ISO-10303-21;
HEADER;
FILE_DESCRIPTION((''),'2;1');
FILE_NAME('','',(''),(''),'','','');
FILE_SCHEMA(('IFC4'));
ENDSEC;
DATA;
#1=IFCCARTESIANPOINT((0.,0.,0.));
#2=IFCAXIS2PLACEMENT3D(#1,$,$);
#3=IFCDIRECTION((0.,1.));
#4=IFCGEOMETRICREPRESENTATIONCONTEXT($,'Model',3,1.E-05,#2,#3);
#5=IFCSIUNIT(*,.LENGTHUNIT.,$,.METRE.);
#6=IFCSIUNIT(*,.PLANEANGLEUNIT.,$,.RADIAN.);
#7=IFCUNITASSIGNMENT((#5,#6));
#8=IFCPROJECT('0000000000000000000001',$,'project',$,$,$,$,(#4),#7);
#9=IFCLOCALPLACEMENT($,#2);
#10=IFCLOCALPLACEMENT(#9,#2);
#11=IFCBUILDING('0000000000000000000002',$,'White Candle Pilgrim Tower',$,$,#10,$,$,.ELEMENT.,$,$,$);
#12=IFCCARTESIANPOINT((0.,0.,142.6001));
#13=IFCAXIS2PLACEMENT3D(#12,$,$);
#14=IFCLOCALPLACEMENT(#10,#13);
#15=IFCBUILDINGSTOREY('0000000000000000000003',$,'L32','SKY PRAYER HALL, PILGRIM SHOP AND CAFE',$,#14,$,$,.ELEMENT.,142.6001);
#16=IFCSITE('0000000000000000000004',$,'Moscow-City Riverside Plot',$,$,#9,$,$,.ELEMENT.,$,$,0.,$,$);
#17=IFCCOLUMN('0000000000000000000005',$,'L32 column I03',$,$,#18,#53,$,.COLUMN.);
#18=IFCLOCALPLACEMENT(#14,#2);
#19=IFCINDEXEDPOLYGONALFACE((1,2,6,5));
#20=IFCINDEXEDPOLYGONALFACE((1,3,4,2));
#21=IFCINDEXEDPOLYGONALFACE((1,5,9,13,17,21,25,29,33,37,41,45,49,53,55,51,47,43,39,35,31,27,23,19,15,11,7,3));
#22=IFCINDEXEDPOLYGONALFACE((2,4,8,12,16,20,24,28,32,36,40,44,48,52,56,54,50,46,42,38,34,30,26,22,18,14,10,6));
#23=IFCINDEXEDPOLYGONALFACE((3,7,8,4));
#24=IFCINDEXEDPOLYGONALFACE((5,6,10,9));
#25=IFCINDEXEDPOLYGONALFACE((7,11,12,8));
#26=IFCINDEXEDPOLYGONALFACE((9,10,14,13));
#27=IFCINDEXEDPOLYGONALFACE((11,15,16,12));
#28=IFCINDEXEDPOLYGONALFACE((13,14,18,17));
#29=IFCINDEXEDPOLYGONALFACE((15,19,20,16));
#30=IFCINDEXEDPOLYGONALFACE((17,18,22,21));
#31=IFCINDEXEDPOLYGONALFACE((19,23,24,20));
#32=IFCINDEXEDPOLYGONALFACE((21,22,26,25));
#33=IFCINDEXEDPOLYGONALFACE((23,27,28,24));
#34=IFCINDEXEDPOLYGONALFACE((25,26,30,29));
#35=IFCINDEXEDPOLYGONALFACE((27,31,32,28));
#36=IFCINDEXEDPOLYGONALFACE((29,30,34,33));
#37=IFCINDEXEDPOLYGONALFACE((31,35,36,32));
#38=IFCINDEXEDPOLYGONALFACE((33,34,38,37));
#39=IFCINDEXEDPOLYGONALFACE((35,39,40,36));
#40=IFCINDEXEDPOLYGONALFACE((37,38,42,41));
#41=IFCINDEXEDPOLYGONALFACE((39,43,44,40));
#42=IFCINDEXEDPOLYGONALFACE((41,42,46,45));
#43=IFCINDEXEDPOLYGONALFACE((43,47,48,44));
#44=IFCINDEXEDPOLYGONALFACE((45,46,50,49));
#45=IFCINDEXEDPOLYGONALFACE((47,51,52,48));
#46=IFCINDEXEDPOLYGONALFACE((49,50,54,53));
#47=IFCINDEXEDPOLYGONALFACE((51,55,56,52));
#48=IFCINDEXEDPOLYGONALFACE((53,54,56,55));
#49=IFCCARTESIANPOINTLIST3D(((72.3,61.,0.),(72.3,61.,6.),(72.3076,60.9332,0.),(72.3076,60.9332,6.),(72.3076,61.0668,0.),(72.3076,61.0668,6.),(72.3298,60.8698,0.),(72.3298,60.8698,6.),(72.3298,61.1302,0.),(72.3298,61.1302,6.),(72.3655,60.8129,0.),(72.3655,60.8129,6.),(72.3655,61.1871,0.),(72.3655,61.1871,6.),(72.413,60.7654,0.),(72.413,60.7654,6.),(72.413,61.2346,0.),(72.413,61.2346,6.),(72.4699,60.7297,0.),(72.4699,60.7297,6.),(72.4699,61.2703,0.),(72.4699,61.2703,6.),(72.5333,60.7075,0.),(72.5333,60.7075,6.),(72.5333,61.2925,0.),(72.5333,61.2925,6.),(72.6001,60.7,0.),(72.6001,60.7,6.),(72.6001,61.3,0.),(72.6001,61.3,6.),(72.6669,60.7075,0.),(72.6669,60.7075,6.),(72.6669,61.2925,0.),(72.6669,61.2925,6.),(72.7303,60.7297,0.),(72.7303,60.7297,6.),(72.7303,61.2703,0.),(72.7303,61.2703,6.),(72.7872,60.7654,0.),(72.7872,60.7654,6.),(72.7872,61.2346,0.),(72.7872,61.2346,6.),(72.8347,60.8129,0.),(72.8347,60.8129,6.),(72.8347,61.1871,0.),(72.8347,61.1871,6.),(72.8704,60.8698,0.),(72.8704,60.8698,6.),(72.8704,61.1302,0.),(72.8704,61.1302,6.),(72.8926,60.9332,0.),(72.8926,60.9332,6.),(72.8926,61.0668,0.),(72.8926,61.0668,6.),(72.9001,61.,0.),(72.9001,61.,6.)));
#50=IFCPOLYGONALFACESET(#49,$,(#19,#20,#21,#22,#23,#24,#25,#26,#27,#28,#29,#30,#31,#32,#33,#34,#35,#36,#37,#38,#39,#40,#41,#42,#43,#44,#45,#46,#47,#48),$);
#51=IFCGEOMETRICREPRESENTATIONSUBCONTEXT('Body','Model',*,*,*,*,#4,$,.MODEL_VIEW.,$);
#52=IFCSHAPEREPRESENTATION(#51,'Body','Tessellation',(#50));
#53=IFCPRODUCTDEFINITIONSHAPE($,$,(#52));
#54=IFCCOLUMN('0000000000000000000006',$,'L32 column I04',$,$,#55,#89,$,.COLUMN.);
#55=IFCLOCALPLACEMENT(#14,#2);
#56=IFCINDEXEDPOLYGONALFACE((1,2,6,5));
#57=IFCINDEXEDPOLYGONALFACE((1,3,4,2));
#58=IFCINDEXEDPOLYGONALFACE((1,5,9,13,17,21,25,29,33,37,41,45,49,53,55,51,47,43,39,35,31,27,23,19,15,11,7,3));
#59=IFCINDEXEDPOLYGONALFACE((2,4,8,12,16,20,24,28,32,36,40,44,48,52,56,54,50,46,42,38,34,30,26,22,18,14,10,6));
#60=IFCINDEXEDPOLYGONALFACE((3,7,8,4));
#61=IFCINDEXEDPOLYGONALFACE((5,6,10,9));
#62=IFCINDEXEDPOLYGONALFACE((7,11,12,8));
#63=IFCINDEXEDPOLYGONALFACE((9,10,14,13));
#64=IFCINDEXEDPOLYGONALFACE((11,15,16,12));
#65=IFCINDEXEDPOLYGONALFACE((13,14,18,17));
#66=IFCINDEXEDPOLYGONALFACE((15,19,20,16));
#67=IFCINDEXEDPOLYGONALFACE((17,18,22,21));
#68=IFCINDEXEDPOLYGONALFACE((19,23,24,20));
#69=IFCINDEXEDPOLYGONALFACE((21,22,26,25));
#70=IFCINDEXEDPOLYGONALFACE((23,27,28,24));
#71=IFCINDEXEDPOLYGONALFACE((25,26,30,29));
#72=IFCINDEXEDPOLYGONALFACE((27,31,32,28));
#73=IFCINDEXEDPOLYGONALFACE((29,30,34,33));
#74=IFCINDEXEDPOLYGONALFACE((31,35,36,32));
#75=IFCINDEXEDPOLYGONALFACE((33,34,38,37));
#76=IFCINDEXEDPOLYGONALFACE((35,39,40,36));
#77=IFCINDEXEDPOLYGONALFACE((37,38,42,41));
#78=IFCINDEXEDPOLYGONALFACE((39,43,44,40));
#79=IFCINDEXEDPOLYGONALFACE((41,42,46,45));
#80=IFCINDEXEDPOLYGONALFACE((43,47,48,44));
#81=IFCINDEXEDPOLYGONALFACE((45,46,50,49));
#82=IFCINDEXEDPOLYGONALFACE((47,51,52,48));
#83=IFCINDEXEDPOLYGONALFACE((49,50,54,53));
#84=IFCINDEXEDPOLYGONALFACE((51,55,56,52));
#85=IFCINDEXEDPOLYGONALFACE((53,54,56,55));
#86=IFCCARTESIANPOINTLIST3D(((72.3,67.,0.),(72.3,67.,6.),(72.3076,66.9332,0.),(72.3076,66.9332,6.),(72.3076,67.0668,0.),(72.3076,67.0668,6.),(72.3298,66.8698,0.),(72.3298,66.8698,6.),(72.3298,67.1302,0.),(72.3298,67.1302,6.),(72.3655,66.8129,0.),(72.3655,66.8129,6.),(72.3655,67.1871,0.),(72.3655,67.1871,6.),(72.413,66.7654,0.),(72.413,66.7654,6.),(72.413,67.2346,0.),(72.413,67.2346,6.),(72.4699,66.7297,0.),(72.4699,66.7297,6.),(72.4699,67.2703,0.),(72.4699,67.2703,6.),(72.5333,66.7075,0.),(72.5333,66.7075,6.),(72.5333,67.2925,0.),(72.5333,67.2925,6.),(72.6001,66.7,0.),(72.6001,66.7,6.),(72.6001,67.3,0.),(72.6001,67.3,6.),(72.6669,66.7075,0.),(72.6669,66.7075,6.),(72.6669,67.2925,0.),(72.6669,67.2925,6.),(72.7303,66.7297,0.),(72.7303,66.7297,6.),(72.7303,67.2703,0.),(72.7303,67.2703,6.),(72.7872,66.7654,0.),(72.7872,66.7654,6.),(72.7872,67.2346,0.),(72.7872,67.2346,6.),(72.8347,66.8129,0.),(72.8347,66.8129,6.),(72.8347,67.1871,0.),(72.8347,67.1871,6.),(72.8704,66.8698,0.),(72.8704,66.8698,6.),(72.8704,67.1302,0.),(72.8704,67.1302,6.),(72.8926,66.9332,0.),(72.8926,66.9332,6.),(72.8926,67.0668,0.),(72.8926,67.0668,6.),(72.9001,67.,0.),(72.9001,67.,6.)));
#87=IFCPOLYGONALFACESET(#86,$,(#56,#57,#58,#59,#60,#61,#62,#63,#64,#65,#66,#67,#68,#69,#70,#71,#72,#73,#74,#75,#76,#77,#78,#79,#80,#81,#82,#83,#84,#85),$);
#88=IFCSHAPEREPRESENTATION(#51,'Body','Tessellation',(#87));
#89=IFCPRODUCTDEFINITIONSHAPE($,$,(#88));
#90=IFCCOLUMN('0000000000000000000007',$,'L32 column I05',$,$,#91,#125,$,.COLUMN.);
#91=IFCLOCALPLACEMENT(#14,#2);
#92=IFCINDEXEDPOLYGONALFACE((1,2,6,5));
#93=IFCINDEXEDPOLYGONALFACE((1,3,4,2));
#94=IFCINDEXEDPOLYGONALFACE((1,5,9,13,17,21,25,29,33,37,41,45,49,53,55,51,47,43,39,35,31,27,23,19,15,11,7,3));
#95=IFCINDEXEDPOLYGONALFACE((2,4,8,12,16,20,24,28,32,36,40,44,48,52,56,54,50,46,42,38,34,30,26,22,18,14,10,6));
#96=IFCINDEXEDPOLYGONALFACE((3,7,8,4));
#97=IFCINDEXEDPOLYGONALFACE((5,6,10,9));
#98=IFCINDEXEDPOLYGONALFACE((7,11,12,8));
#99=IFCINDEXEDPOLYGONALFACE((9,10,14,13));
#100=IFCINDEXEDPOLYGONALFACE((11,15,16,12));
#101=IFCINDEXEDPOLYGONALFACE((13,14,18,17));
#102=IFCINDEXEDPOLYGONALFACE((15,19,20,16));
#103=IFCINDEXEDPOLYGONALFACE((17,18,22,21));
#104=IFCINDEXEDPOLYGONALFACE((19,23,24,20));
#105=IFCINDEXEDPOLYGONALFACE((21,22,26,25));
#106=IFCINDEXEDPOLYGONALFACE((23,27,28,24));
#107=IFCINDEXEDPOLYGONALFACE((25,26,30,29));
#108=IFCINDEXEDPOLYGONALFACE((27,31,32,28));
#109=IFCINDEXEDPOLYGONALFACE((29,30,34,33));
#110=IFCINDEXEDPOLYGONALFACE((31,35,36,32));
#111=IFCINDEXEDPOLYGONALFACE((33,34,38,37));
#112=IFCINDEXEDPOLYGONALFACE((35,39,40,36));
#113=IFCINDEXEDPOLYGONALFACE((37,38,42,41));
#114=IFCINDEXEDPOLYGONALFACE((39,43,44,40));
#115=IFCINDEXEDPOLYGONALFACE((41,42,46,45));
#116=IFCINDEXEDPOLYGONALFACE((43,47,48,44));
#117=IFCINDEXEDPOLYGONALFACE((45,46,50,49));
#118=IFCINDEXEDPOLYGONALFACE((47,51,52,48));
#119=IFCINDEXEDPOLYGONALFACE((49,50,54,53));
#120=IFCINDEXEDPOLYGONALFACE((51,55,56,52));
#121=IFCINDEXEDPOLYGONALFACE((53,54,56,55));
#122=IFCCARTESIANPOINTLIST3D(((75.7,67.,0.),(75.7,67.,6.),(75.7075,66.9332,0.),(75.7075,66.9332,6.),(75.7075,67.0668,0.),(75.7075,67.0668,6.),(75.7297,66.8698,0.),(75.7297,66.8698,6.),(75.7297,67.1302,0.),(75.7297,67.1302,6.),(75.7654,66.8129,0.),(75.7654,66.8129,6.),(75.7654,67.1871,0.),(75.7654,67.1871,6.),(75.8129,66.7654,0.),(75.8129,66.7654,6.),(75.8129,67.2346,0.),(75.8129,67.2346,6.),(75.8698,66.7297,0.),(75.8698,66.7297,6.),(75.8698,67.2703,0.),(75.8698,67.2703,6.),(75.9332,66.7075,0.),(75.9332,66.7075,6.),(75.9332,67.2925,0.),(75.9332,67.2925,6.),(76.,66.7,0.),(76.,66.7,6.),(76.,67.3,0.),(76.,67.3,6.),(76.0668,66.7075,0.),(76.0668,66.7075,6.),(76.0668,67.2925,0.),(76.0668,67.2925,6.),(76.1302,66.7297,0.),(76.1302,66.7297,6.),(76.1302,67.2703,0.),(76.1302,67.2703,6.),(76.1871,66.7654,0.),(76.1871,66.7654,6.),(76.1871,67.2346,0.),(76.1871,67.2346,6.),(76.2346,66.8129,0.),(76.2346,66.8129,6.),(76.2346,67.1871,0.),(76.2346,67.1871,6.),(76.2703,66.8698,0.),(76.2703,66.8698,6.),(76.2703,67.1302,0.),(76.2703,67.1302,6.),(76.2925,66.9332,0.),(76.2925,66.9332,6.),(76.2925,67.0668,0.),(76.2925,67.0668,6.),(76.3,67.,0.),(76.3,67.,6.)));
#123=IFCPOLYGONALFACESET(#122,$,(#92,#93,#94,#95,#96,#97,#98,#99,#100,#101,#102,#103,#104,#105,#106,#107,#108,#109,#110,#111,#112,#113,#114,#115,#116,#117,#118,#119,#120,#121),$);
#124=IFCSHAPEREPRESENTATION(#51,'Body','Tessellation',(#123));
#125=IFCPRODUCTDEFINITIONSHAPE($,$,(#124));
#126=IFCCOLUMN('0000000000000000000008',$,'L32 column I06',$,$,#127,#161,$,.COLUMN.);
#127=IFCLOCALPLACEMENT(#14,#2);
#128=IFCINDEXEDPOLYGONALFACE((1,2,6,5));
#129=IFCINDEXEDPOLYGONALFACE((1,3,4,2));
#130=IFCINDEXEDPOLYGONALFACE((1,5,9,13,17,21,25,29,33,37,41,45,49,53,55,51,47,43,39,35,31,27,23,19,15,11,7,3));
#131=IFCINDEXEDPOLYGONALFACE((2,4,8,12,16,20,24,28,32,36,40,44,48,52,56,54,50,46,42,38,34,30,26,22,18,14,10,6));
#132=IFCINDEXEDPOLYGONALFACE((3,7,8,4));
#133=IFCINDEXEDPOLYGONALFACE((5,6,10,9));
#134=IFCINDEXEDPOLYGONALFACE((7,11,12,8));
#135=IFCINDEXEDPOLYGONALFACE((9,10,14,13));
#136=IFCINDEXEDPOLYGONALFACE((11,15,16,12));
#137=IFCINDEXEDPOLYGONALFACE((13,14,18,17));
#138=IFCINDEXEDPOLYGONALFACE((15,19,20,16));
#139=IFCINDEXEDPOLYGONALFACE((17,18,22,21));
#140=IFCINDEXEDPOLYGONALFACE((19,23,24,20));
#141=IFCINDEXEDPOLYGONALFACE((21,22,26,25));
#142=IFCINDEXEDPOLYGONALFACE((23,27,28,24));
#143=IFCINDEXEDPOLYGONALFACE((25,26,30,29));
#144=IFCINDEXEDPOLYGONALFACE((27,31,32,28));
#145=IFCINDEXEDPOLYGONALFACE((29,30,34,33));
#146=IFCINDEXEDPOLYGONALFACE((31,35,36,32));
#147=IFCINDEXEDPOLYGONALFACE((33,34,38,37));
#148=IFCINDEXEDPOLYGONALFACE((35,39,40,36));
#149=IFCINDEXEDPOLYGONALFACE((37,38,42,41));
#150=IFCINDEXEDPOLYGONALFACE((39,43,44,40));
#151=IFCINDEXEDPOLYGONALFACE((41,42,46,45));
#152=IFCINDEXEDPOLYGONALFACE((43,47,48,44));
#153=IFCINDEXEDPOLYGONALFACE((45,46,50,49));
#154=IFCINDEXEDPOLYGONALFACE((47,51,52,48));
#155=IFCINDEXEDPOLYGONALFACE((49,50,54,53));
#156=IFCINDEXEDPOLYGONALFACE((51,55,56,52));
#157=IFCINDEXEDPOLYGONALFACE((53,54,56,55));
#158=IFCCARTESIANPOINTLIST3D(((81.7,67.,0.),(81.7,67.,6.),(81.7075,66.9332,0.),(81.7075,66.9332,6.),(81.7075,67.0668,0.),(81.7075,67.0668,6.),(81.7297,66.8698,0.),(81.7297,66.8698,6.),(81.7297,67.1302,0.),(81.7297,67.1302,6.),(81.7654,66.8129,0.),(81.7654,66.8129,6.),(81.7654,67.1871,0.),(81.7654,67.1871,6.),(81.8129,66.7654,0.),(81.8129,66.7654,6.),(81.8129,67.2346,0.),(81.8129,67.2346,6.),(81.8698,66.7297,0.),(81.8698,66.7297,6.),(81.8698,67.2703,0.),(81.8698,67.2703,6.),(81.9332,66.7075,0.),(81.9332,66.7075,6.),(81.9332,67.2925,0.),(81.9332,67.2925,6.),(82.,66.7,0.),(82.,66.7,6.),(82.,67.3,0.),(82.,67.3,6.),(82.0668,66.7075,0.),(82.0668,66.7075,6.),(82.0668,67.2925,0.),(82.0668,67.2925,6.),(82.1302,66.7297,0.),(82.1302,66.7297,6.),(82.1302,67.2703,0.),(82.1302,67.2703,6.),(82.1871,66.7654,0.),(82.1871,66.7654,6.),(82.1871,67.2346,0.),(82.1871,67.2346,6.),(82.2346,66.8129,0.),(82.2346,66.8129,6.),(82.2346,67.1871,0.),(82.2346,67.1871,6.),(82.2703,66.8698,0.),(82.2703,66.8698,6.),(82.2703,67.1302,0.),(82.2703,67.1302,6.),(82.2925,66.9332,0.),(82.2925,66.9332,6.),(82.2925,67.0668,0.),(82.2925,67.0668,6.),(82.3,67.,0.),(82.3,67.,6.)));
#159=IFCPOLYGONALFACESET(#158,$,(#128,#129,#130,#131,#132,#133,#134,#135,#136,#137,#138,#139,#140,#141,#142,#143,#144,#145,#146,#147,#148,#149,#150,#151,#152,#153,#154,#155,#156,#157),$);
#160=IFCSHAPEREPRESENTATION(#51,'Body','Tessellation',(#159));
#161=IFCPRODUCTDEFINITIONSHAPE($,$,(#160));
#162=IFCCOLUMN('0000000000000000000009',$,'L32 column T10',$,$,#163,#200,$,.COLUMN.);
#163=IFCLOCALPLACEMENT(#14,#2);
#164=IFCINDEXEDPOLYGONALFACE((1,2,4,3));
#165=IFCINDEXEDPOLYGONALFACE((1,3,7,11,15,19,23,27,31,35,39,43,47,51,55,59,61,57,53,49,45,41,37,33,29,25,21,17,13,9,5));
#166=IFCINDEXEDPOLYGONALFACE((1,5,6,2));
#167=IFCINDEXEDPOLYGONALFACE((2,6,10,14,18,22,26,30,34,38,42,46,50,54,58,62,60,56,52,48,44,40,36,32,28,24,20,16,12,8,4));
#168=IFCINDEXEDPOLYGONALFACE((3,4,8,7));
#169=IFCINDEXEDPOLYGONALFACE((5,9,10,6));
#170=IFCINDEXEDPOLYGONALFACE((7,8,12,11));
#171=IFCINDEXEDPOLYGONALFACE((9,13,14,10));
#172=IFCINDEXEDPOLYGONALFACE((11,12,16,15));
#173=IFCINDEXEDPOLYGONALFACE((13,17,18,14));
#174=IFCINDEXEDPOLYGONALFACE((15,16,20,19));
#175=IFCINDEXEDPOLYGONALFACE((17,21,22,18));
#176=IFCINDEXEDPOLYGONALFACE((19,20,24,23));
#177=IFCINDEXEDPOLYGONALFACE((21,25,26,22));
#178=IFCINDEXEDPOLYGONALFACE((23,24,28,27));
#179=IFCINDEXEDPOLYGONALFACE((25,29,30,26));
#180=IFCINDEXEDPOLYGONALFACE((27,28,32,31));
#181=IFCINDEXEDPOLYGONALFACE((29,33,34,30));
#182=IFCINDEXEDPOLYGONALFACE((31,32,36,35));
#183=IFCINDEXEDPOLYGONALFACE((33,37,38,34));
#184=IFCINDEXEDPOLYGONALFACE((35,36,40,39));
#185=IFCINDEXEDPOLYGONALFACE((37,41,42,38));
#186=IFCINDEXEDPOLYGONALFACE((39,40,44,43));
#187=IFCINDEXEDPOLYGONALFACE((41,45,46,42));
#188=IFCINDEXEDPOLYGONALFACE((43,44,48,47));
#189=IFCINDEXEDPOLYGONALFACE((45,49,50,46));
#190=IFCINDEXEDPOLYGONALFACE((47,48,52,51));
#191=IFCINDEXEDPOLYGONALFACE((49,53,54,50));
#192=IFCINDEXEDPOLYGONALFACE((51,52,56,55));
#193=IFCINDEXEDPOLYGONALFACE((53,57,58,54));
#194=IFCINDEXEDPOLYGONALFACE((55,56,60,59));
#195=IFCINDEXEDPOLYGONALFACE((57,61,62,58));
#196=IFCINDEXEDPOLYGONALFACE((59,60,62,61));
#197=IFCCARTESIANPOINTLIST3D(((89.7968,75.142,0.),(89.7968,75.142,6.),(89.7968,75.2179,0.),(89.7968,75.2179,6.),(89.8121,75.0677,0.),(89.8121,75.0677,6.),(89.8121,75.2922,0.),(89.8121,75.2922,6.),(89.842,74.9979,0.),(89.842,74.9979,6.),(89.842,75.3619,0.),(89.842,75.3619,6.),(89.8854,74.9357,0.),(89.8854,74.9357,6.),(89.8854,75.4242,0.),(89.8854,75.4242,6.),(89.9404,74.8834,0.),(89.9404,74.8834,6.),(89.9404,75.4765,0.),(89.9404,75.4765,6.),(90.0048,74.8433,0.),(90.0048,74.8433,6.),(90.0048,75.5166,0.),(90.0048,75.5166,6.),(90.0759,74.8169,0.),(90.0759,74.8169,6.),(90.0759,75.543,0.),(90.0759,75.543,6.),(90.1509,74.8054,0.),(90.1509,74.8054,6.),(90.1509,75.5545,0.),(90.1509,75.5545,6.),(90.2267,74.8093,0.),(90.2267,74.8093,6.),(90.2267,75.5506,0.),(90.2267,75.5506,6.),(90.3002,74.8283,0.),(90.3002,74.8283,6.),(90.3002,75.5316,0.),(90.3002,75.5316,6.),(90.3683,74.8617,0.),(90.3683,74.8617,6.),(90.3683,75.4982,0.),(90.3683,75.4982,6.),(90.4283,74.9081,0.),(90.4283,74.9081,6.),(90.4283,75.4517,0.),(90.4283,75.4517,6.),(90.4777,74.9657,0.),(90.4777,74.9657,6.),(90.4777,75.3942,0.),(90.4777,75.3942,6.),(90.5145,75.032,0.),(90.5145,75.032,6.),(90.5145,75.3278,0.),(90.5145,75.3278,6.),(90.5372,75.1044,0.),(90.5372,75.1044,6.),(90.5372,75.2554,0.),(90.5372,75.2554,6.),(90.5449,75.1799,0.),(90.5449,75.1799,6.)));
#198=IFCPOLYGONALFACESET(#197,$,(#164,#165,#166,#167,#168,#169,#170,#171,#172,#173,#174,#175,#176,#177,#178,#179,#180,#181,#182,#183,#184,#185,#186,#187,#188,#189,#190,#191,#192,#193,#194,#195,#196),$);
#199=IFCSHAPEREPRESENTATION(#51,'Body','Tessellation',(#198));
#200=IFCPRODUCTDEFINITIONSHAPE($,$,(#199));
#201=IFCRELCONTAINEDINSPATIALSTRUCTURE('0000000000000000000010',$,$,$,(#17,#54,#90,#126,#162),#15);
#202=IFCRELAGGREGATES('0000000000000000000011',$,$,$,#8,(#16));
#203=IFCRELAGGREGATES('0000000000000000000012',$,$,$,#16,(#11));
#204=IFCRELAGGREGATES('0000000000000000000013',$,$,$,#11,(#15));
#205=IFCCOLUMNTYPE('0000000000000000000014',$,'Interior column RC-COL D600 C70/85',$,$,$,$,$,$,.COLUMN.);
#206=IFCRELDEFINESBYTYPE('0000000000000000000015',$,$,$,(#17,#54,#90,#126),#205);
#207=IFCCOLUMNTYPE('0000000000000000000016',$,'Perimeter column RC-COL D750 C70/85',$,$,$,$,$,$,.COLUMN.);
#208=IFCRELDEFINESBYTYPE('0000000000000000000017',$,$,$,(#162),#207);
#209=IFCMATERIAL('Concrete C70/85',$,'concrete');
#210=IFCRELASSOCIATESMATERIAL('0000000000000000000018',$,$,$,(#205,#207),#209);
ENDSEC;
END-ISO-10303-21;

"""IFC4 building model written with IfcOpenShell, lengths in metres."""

from ifc_helpers import new_model, si_unit, direction, frame, origin, origin_2d, place, context, subcontext, project, spatial, circle, extrude, material, material_profile, profile_set, type_object, element, save


model = new_model("IFC4")

# Units and contexts
model_context = context("Model", 3, precision=1e-05, world=origin(), true_north=direction((0.0, 1.0)))
body_context = subcontext(model_context, "Body", "Model", "MODEL_VIEW")
ifc_project = project(units=[si_unit("LENGTHUNIT", "METRE"), si_unit("PLANEANGLEUNIT", "RADIAN")], contexts=[model_context])

# Site, building, storey
site_placement = place(None, origin())
site = spatial("IfcSite", under=ifc_project, at=site_placement, Name="Moscow-City Riverside Plot", CompositionType="ELEMENT", RefElevation=0.0)
building_placement = place(site_placement, origin())
building = spatial("IfcBuilding", under=site, at=building_placement, Name="White Candle Pilgrim Tower", CompositionType="ELEMENT")
storey_placement = place(building_placement, frame((0.0, 0.0, 142.6001)))
storey = spatial("IfcBuildingStorey", under=building, at=storey_placement, Name="L32", Description="SKY PRAYER HALL, PILGRIM SHOP AND CAFE", CompositionType="ELEMENT", Elevation=142.6001)

# Columns
ifc_material_1 = material(Name="Concrete C70/85", Category="concrete")
ifc_material_profile_1 = material_profile(ifc_material_1, circle(Radius=0.3, at=origin_2d()), Name="RC-COL D600")
ifc_profile_set_1 = profile_set([ifc_material_profile_1], Name="Concrete C70/85")
column_type_1 = type_object("IfcColumnType", Name="Interior column RC-COL D600 C70/85", PredefinedType="COLUMN", material=ifc_profile_set_1)
for number, where, z_axis, x_axis, name in (
    (1, (72.6001, 61.0, 0.0), (0.0, 0.0, 1.0), (1.0, 0.0, 0.0), "L32 column I03"),
    (2, (72.6001, 67.0, 0.0), (0.0, 0.0, 1.0), (1.0, 0.0, 0.0), "L32 column I04"),
    (3, (76.0, 67.0, 0.0), (0.0, 0.0, 1.0), (1.0, 0.0, 0.0), "L32 column I05"),
    (4, (82.0, 67.0, 0.0), (0.0, 0.0, 1.0), (1.0, 0.0, 0.0), "L32 column I06"),
):
    element("IfcColumn", number, at=place(storey_placement, frame(where, z_axis=z_axis, x_axis=x_axis)), inside=storey, type_object=column_type_1, Name=name, PredefinedType="COLUMN", context=body_context, shape_type="SweptSolid", body=[
        extrude(circle(Radius=0.3, at=origin_2d()), origin(), (0.0, 0.0, 1.0), 6.0),
    ])
ifc_material_profile_2 = material_profile(ifc_material_1, circle(Radius=0.375, at=origin_2d()), Name="RC-COL D750")
ifc_profile_set_2 = profile_set([ifc_material_profile_2], Name="Concrete C70/85")
column_type_2 = type_object("IfcColumnType", Name="Perimeter column RC-COL D750 C70/85", PredefinedType="COLUMN", material=ifc_profile_set_2)
column_placement = place(storey_placement, frame((90.1699, 75.1799, 0.0), z_axis=(0.0, 0.0, 1.0), x_axis=(1.0, 0.0, 0.0)))
element("IfcColumn", 5, at=column_placement, inside=storey, type_object=column_type_2, Name="L32 column T10", PredefinedType="COLUMN", context=body_context, shape_type="SweptSolid", body=[
    extrude(circle(Radius=0.375, at=origin_2d()), origin(), (0.0, 0.0, 1.0), 6.0),
])

save(model, "model.ifc")
